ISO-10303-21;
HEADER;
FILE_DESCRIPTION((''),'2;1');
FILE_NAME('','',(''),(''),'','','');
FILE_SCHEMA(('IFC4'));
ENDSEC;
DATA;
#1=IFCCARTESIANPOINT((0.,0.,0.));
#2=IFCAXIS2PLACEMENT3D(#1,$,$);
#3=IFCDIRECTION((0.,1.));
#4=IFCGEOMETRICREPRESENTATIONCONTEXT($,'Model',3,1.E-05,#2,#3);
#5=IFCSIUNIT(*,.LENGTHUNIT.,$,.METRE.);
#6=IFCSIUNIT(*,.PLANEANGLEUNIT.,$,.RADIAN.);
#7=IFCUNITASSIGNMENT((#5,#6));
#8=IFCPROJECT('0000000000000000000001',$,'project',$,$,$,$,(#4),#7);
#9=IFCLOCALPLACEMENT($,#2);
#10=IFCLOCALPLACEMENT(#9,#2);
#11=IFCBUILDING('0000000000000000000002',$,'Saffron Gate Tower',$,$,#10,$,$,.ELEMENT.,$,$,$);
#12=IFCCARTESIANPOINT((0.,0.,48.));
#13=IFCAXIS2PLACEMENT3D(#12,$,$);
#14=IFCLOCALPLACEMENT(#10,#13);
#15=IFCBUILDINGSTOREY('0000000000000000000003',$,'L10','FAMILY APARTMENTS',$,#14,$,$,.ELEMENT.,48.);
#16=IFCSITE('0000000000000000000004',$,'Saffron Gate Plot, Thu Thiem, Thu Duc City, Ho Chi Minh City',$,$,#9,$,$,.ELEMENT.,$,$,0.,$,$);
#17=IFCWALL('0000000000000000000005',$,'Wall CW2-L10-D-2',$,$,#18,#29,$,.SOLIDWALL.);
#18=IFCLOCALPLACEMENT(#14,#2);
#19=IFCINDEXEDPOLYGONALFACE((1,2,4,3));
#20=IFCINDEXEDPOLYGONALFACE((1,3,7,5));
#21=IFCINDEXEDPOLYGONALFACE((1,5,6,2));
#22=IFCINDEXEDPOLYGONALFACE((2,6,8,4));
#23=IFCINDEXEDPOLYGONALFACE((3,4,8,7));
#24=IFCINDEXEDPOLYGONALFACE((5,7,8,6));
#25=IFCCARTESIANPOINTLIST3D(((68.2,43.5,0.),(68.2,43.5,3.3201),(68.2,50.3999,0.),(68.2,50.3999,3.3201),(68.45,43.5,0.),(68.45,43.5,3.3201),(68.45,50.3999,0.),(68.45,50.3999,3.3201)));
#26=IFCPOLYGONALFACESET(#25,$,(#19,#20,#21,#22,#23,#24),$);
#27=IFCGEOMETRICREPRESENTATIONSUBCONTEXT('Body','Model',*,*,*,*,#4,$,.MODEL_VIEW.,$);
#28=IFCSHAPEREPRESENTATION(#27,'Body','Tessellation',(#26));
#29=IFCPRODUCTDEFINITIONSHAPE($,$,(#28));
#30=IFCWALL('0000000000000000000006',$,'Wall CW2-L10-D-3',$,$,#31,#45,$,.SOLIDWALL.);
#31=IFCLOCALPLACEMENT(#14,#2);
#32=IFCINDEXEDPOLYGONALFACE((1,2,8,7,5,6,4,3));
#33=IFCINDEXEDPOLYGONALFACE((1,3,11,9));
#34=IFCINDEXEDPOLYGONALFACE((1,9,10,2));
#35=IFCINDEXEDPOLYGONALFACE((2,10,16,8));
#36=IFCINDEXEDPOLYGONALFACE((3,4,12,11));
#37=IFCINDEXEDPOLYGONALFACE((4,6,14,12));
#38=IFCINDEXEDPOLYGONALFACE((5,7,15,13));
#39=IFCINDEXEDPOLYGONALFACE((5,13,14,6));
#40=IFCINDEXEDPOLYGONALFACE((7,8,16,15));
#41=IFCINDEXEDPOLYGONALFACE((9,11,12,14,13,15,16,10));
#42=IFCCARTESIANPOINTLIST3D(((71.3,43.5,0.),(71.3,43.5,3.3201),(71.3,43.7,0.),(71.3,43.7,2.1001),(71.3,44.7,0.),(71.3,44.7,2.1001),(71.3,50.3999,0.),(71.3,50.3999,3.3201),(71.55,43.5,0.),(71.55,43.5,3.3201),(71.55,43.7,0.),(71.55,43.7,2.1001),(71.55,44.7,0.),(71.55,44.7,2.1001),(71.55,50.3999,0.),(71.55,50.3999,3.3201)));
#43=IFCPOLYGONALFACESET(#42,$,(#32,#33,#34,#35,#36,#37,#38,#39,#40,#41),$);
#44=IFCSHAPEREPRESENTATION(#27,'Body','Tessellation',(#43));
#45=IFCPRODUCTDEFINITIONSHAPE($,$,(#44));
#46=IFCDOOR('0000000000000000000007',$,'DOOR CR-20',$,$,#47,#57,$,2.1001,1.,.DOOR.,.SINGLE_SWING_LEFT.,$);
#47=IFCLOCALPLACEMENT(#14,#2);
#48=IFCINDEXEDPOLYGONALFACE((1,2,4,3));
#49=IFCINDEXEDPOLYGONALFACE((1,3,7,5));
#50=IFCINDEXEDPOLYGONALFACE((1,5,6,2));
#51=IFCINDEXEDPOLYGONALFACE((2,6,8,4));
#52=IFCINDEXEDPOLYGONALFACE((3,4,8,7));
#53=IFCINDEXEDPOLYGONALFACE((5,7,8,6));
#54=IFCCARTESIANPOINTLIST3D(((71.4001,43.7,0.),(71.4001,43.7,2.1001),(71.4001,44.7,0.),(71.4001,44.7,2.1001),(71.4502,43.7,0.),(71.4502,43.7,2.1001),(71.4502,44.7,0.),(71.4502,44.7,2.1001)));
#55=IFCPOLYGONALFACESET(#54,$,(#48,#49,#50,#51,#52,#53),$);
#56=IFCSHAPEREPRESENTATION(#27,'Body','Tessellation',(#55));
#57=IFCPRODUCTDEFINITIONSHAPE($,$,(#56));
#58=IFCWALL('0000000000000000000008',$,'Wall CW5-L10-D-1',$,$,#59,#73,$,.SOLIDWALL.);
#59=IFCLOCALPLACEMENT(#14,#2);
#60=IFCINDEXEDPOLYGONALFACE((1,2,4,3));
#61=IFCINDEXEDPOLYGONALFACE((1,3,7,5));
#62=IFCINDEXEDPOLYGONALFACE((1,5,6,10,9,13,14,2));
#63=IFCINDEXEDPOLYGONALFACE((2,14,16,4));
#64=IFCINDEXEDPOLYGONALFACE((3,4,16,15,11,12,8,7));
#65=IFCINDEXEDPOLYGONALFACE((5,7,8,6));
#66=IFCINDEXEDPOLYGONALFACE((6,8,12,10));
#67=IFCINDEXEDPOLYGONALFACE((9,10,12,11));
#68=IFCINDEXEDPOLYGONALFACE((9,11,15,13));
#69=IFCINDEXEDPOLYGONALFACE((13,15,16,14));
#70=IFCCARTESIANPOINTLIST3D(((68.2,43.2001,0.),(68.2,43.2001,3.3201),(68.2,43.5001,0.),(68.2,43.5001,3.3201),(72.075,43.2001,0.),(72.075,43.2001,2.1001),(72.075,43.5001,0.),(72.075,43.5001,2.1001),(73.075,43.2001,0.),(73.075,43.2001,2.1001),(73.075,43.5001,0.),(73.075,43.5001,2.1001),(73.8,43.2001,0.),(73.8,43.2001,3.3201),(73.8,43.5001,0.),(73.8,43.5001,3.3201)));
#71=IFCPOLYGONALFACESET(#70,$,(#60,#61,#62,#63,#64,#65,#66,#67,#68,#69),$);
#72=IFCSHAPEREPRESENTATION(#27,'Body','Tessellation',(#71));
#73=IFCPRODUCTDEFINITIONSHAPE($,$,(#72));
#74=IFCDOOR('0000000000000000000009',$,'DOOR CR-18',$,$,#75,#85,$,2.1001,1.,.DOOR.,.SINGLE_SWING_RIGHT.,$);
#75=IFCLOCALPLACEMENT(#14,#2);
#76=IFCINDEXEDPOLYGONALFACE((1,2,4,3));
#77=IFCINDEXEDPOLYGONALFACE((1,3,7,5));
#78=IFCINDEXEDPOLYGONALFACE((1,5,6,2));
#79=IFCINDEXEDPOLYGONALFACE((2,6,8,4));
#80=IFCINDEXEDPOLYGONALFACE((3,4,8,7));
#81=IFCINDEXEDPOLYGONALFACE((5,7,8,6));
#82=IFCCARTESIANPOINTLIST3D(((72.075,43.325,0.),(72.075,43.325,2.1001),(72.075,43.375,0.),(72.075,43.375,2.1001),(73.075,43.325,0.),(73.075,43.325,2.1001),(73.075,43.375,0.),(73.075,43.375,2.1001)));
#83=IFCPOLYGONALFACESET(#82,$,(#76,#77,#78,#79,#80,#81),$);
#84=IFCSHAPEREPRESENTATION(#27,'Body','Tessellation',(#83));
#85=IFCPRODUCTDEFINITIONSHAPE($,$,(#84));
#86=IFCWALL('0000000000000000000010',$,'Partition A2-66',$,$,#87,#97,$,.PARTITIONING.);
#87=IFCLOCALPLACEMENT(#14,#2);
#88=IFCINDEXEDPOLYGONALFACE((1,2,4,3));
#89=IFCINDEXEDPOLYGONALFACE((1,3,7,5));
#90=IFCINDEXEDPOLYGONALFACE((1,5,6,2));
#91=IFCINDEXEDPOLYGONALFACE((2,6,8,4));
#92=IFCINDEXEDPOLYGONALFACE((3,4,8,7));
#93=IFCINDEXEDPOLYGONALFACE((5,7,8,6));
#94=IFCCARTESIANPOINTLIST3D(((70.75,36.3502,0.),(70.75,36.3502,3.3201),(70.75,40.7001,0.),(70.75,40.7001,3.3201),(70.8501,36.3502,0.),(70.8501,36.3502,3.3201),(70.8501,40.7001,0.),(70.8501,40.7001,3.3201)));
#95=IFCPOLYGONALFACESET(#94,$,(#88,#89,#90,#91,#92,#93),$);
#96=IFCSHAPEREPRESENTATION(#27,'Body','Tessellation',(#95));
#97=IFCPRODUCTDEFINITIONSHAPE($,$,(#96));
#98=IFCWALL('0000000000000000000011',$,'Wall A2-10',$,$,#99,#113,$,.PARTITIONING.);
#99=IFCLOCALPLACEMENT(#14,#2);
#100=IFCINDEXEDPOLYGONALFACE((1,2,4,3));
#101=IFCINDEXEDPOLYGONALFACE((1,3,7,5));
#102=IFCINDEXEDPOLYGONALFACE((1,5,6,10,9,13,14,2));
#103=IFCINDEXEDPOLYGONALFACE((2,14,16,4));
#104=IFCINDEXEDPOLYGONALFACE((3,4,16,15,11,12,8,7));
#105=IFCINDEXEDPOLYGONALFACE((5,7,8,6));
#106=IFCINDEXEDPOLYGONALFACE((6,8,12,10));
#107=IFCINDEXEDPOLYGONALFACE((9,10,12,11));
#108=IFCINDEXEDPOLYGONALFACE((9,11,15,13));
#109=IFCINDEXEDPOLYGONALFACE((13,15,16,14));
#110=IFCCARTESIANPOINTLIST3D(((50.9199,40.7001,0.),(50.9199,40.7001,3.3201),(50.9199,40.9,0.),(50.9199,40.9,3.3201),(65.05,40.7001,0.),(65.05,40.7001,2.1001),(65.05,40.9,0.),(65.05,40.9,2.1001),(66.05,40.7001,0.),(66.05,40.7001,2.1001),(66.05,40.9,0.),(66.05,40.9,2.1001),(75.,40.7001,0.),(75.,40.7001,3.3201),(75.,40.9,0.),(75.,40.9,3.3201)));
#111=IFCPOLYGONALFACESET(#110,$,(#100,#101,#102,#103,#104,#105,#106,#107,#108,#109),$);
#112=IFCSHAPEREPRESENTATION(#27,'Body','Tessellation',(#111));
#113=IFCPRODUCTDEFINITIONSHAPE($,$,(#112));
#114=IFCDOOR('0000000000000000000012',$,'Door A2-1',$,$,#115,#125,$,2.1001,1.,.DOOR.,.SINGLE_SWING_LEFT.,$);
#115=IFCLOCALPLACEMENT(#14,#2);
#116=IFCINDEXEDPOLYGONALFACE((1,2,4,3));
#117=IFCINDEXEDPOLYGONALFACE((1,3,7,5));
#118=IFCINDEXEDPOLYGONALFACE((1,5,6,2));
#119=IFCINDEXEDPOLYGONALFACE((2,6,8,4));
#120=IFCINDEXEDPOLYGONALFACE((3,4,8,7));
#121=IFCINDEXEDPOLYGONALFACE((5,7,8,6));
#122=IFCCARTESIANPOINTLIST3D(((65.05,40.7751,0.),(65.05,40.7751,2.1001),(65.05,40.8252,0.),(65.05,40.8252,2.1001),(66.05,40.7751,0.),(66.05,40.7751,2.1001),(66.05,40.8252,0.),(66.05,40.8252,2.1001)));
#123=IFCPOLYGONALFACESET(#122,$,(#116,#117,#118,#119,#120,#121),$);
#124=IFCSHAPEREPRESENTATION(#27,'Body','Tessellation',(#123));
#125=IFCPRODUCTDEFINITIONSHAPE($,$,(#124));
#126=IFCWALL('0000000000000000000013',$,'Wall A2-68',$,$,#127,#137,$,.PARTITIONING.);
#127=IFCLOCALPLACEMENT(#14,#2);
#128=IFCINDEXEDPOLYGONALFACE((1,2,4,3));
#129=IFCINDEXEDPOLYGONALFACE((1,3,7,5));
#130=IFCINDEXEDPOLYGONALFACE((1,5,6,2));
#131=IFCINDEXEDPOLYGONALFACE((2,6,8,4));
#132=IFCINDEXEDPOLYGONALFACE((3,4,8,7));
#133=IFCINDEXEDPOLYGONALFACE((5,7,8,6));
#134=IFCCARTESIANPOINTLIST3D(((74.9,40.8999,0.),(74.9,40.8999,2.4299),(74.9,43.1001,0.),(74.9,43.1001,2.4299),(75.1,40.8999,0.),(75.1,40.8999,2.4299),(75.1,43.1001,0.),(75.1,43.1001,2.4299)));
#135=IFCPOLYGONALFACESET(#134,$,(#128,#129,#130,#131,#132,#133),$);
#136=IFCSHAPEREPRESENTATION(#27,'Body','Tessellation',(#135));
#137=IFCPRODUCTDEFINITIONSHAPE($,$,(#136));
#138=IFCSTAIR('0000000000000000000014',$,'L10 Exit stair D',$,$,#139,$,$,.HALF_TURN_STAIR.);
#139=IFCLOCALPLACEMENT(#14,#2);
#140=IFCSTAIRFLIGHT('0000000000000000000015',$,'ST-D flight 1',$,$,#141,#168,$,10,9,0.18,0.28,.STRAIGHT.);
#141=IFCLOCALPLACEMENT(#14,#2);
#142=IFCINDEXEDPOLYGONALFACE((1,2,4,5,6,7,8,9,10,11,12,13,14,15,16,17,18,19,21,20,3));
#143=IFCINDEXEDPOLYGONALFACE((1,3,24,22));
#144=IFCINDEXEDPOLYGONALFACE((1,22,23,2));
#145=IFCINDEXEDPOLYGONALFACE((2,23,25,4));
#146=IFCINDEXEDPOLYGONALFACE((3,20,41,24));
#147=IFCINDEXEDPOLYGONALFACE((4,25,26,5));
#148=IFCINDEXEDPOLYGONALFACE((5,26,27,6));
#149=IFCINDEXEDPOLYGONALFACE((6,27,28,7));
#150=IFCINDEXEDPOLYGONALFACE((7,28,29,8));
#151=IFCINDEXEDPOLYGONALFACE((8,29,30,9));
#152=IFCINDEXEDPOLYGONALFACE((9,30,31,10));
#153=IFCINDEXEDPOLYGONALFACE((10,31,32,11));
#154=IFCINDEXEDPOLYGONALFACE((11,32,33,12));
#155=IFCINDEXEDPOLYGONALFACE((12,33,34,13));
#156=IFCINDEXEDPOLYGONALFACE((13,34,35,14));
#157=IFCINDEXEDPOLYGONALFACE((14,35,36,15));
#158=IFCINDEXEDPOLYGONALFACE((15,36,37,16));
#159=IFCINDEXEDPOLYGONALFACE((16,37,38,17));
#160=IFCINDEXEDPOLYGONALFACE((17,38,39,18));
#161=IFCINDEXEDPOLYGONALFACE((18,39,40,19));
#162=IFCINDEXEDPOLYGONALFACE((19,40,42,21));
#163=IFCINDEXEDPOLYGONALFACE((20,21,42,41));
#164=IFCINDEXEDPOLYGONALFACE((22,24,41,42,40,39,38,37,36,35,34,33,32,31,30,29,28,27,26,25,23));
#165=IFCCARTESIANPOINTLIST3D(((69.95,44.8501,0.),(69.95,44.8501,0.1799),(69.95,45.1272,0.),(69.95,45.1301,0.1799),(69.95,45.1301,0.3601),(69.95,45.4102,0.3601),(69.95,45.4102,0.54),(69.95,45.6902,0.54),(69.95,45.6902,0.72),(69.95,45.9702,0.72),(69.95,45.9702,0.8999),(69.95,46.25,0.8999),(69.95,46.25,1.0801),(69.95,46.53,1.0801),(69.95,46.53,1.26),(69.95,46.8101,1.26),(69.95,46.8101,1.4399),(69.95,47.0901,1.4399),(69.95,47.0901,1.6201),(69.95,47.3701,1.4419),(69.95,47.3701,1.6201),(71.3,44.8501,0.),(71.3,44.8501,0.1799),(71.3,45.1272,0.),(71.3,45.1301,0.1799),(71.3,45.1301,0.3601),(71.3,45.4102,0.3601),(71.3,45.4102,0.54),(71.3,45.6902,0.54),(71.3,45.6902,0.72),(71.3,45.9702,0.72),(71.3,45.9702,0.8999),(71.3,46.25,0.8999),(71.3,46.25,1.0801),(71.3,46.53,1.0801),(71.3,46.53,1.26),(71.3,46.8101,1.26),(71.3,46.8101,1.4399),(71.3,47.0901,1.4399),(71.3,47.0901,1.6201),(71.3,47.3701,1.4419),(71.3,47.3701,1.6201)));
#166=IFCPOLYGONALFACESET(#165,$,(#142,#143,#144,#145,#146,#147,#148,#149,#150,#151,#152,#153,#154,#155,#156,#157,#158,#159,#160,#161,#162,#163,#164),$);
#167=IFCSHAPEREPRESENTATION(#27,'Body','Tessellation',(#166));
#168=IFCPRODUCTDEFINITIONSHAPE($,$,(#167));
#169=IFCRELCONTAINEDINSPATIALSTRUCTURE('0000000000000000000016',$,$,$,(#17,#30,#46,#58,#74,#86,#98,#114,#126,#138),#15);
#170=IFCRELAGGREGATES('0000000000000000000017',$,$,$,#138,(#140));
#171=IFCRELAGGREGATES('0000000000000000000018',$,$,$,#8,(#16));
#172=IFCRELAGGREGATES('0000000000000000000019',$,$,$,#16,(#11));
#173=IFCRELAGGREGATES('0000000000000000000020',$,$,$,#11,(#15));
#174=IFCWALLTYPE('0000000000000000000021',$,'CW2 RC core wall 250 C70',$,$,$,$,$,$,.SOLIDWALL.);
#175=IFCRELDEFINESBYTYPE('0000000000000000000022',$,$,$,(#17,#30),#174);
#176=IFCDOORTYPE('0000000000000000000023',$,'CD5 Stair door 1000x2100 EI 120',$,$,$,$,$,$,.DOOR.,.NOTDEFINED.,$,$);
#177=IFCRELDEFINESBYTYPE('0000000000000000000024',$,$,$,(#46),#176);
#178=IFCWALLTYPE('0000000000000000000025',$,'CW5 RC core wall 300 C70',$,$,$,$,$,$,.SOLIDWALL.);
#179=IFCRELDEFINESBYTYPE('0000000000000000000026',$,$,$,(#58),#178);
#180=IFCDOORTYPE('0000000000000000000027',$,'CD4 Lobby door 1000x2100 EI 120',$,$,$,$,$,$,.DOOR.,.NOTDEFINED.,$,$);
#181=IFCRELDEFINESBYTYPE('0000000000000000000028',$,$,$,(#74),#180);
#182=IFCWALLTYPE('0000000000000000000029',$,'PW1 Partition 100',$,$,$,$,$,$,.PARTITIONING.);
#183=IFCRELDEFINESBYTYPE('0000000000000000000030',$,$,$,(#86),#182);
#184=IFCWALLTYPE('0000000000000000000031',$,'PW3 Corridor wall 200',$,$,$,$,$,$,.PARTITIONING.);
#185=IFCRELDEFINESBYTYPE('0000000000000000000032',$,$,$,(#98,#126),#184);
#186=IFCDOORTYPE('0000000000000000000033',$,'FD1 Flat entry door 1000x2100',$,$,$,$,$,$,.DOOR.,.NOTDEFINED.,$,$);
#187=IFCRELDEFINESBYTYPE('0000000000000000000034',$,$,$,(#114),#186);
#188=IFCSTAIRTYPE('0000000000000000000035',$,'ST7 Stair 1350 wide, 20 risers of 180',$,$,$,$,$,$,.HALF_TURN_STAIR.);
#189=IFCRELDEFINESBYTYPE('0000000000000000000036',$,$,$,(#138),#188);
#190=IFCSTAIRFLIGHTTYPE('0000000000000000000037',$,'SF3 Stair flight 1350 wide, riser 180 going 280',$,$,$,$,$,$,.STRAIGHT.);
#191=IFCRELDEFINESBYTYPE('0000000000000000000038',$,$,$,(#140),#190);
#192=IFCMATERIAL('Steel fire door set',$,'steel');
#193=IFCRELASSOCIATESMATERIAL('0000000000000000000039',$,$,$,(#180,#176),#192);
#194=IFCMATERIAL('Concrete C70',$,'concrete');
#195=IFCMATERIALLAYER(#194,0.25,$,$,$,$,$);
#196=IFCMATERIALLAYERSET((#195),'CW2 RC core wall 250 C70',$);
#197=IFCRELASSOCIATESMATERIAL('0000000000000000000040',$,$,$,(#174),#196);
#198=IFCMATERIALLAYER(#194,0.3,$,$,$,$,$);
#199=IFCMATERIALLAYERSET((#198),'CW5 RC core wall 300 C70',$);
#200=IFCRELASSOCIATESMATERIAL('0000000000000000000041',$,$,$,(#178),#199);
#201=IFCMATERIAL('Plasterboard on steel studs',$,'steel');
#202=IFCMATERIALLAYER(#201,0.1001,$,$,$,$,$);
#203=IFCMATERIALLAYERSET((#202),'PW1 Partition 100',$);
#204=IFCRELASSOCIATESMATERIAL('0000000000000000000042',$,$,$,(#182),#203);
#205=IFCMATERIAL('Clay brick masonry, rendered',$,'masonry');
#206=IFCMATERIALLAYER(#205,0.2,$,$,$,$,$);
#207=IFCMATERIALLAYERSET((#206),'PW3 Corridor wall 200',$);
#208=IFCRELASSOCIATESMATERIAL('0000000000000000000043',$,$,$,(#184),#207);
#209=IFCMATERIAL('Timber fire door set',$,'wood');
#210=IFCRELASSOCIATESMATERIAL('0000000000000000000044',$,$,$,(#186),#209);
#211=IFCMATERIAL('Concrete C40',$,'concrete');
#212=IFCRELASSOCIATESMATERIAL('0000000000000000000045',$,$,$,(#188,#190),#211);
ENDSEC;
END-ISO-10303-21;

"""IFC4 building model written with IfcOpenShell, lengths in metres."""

from ifc_helpers import new_model, si_unit, direction, frame, frame_2d, origin, place, context, subcontext, project, spatial, polyline, rectangle, outline, extrude, material, layer, layer_set, type_object, element, fill, aggregate, save


model = new_model("IFC4")

# Units and contexts
model_context = context("Model", 3, precision=1e-05, world=origin(), true_north=direction((0.0, 1.0)))
body_context = subcontext(model_context, "Body", "Model", "MODEL_VIEW")
ifc_project = project(units=[si_unit("LENGTHUNIT", "METRE"), si_unit("PLANEANGLEUNIT", "RADIAN")], contexts=[model_context])

# Site, building, storey
site_placement = place(None, origin())
site = spatial("IfcSite", under=ifc_project, at=site_placement, Name="Saffron Gate Plot, Thu Thiem, Thu Duc City, Ho Chi Minh City", CompositionType="ELEMENT", RefElevation=0.0)
building_placement = place(site_placement, origin())
building = spatial("IfcBuilding", under=site, at=building_placement, Name="Saffron Gate Tower", CompositionType="ELEMENT")
storey_placement = place(building_placement, frame((0.0, 0.0, 48.0)))
storey = spatial("IfcBuildingStorey", under=building, at=storey_placement, Name="L10", Description="FAMILY APARTMENTS", CompositionType="ELEMENT", Elevation=48.0)

# Shared definitions
ifc_material_1 = material(Name="Steel fire door set", Category="steel")
door_type_1 = type_object("IfcDoorType", Name="CD4 Lobby door 1000x2100 EI 120", OperationType="NOTDEFINED", PredefinedType="DOOR", material=ifc_material_1)

# Wall
ifc_material_2 = material(Name="Concrete C70", Category="concrete")
ifc_layer_1 = layer(ifc_material_2, 0.25)
ifc_layer_set_1 = layer_set([ifc_layer_1], Name="CW2 RC core wall 250 C70")
wall_type_1 = type_object("IfcWallType", Name="CW2 RC core wall 250 C70", PredefinedType="SOLIDWALL", material=ifc_layer_set_1)
wall_1_placement = place(storey_placement, frame((68.325, 43.5, 0.0), z_axis=(0.0, 0.0, 1.0), x_axis=(0.0, 1.0, 0.0)))
element("IfcWall", 1, at=wall_1_placement, inside=storey, type_object=wall_type_1, Name="Wall CW2-L10-D-2", PredefinedType="SOLIDWALL", context=body_context, shape_type="SweptSolid", body=[
    extrude(rectangle(XDim=6.8999, YDim=0.25, at=frame_2d((3.45, 0.0))), origin(), (0.0, 0.0, 1.0), 3.3201),
])

# Walls, openings, doors
wall_2_placement = place(storey_placement, frame((71.425, 43.5, 0.0), z_axis=(0.0, 0.0, 1.0), x_axis=(0.0, 1.0, 0.0)))
wall_2 = element("IfcWall", 2, at=wall_2_placement, inside=storey, type_object=wall_type_1, Name="Wall CW2-L10-D-3", PredefinedType="SOLIDWALL", context=body_context, shape_type="SweptSolid", body=[
    extrude(rectangle(XDim=6.8999, YDim=0.25, at=frame_2d((3.45, 0.0))), origin(), (0.0, 0.0, 1.0), 3.3201),
])
opening_1_placement = place(wall_2_placement, frame((0.2, 0.0, 0.0)))
opening_1 = element("IfcOpeningElement", 3, at=opening_1_placement, cuts=wall_2, PredefinedType="OPENING", context=body_context, shape_type="SweptSolid", body=[
    extrude(rectangle(XDim=1.0, YDim=2.1001, at=frame_2d((0.5, 1.05))), frame((0.0, 0.135, 0.0), z_axis=(0.0, -1.0, 0.0), x_axis=(1.0, 0.0, 0.0)), (0.0, 0.0, 1.0), 0.27),
])
door_type_2 = type_object("IfcDoorType", Name="CD5 Stair door 1000x2100 EI 120", OperationType="NOTDEFINED", PredefinedType="DOOR", material=ifc_material_1)
door_1_placement = place(opening_1_placement, origin())
door_1 = element("IfcDoor", 4, at=door_1_placement, inside=storey, type_object=door_type_2, Name="DOOR CR-20", OperationType="SINGLE_SWING_LEFT", OverallHeight=2.1001, OverallWidth=1.0, PredefinedType="DOOR", context=body_context, shape_type="SweptSolid", body=[
    extrude(rectangle(XDim=1.0, YDim=2.1001, at=frame_2d((0.5, 1.05))), frame((0.0, 0.0249, 0.0), z_axis=(0.0, -1.0, 0.0), x_axis=(1.0, 0.0, 0.0)), (0.0, 0.0, 1.0), 0.05),
])
fill(opening_1, door_1)
ifc_layer_2 = layer(ifc_material_2, 0.3)
ifc_layer_set_2 = layer_set([ifc_layer_2], Name="CW5 RC core wall 300 C70")
wall_type_2 = type_object("IfcWallType", Name="CW5 RC core wall 300 C70", PredefinedType="SOLIDWALL", material=ifc_layer_set_2)
wall_3_placement = place(storey_placement, frame((68.2, 43.3501, 0.0), z_axis=(0.0, 0.0, 1.0), x_axis=(1.0, 0.0, 0.0)))
wall_3 = element("IfcWall", 5, at=wall_3_placement, inside=storey, type_object=wall_type_2, Name="Wall CW5-L10-D-1", PredefinedType="SOLIDWALL", context=body_context, shape_type="SweptSolid", body=[
    extrude(rectangle(XDim=5.6001, YDim=0.3, at=frame_2d((2.8, 0.0))), origin(), (0.0, 0.0, 1.0), 3.3201),
])
opening_2_placement = place(wall_3_placement, frame((3.875, 0.0, 0.0)))
opening_2 = element("IfcOpeningElement", 6, at=opening_2_placement, cuts=wall_3, PredefinedType="OPENING", context=body_context, shape_type="SweptSolid", body=[
    extrude(rectangle(XDim=1.0, YDim=2.1001, at=frame_2d((0.5, 1.05))), frame((0.0, 0.1602, 0.0), z_axis=(0.0, -1.0, 0.0), x_axis=(1.0, 0.0, 0.0)), (0.0, 0.0, 1.0), 0.3201),
])
door_2_placement = place(opening_2_placement, origin())
door_2 = element("IfcDoor", 7, at=door_2_placement, inside=storey, type_object=door_type_1, Name="DOOR CR-18", OperationType="SINGLE_SWING_RIGHT", OverallHeight=2.1001, OverallWidth=1.0, PredefinedType="DOOR", context=body_context, shape_type="SweptSolid", body=[
    extrude(rectangle(XDim=1.0, YDim=2.1001, at=frame_2d((0.5, 1.05))), frame((0.0, 0.0249, 0.0), z_axis=(0.0, -1.0, 0.0), x_axis=(1.0, 0.0, 0.0)), (0.0, 0.0, 1.0), 0.05),
])
fill(opening_2, door_2)

# Wall
ifc_material_3 = material(Name="Plasterboard on steel studs", Category="steel")
ifc_layer_3 = layer(ifc_material_3, 0.1001)
ifc_layer_set_3 = layer_set([ifc_layer_3], Name="PW1 Partition 100")
wall_type_3 = type_object("IfcWallType", Name="PW1 Partition 100", PredefinedType="PARTITIONING", material=ifc_layer_set_3)
wall_4_placement = place(storey_placement, frame((70.8, 40.7, 0.0), z_axis=(0.0, 0.0, 1.0), x_axis=(0.0, -1.0, 0.0)))
element("IfcWall", 8, at=wall_4_placement, inside=storey, type_object=wall_type_3, Name="Partition A2-66", PredefinedType="PARTITIONING", context=body_context, shape_type="SweptSolid", body=[
    extrude(rectangle(XDim=4.3499, YDim=0.1001, at=frame_2d((2.1748, 0.0))), origin(), (0.0, 0.0, 1.0), 3.3201),
])

# Wall, opening, door
ifc_material_4 = material(Name="Clay brick masonry, rendered", Category="masonry")
ifc_layer_4 = layer(ifc_material_4, 0.2)
ifc_layer_set_4 = layer_set([ifc_layer_4], Name="PW3 Corridor wall 200")
wall_type_4 = type_object("IfcWallType", Name="PW3 Corridor wall 200", PredefinedType="PARTITIONING", material=ifc_layer_set_4)
wall_5_placement = place(storey_placement, frame((75.0, 40.8, 0.0), z_axis=(0.0, 0.0, 1.0), x_axis=(-1.0, 0.0, 0.0)))
wall_5 = element("IfcWall", 9, at=wall_5_placement, inside=storey, type_object=wall_type_4, Name="Wall A2-10", PredefinedType="PARTITIONING", context=body_context, shape_type="SweptSolid", body=[
    extrude(rectangle(XDim=24.0801, YDim=0.2, at=frame_2d((12.04, 0.0))), origin(), (0.0, 0.0, 1.0), 3.3201),
])
opening_3_placement = place(wall_5_placement, frame((8.95, 0.0, 0.0)))
opening_3 = element("IfcOpeningElement", 10, at=opening_3_placement, cuts=wall_5, PredefinedType="OPENING", context=body_context, shape_type="SweptSolid", body=[
    extrude(rectangle(XDim=1.0, YDim=2.1001, at=frame_2d((0.5, 1.05))), frame((0.0, 0.1099, 0.0), z_axis=(0.0, -1.0, 0.0), x_axis=(1.0, 0.0, 0.0)), (0.0, 0.0, 1.0), 0.22),
])
ifc_material_5 = material(Name="Timber fire door set", Category="wood")
door_type_3 = type_object("IfcDoorType", Name="FD1 Flat entry door 1000x2100", OperationType="NOTDEFINED", PredefinedType="DOOR", material=ifc_material_5)
door_3_placement = place(opening_3_placement, origin())
door_3 = element("IfcDoor", 11, at=door_3_placement, inside=storey, type_object=door_type_3, Name="Door A2-1", OperationType="SINGLE_SWING_LEFT", OverallHeight=2.1001, OverallWidth=1.0, PredefinedType="DOOR", context=body_context, shape_type="SweptSolid", body=[
    extrude(rectangle(XDim=1.0, YDim=2.1001, at=frame_2d((0.5, 1.05))), frame((0.0, 0.0249, 0.0), z_axis=(0.0, -1.0, 0.0), x_axis=(1.0, 0.0, 0.0)), (0.0, 0.0, 1.0), 0.05),
])
fill(opening_3, door_3)

# Wall
wall_6_placement = place(storey_placement, frame((75.0, 43.1001, 0.0), z_axis=(0.0, 0.0, 1.0), x_axis=(0.0, -1.0, 0.0)))
element("IfcWall", 12, at=wall_6_placement, inside=storey, type_object=wall_type_4, Name="Wall A2-68", PredefinedType="PARTITIONING", context=body_context, shape_type="SweptSolid", body=[
    extrude(rectangle(XDim=2.2002, YDim=0.2, at=frame_2d((1.1001, 0.0))), origin(), (0.0, 0.0, 1.0), 2.4299),
])

# Stair, stair flight
ifc_material_6 = material(Name="Concrete C40", Category="concrete")
stair_type = type_object("IfcStairType", Name="ST7 Stair 1350 wide, 20 risers of 180", PredefinedType="HALF_TURN_STAIR", material=ifc_material_6)
stair_placement = place(storey_placement, origin())
stair = element("IfcStair", 13, at=stair_placement, inside=storey, type_object=stair_type, Name="L10 Exit stair D", PredefinedType="HALF_TURN_STAIR")
stair_flight_type = type_object("IfcStairFlightType", Name="SF3 Stair flight 1350 wide, riser 180 going 280", PredefinedType="STRAIGHT", material=ifc_material_6)
stair_flight_placement = place(storey_placement, frame((70.625, 44.8501, 0.0), z_axis=(0.0, 0.0, 1.0), x_axis=(0.0, 1.0, 0.0)))
stair_flight = element("IfcStairFlight", 14, at=stair_flight_placement, type_object=stair_flight_type, Name="ST-D flight 1", NumberOfRisers=10, NumberOfTreads=9, PredefinedType="STRAIGHT", RiserHeight=0.18, TreadLength=0.28, context=body_context, shape_type="SweptSolid", body=[
    extrude(outline(polyline([(0.0, 0.0), (0.0, 0.1799), (0.28, 0.1799), (0.28, 0.3601), (0.5601, 0.3601), (0.5601, 0.54), (0.8401, 0.54), (0.8401, 0.72), (1.1201, 0.72), (1.1201, 0.8999), (1.3999, 0.8999), (1.3999, 1.0801), (1.6799, 1.0801), (1.6799, 1.26), (1.96, 1.26), (1.96, 1.4399), (2.24, 1.4399), (2.24, 1.6201), (2.52, 1.6201), (2.52, 1.8), (2.52, 1.4419), (0.2771, 0.0), (0.0, 0.0)])), frame((0.0, 0.675, 0.0), z_axis=(0.0, -1.0, 0.0), x_axis=(1.0, 0.0, 0.0)), (0.0, 0.0, 1.0), 1.3501),
])
aggregate(stair, [stair_flight])

save(model, "model.ifc")
